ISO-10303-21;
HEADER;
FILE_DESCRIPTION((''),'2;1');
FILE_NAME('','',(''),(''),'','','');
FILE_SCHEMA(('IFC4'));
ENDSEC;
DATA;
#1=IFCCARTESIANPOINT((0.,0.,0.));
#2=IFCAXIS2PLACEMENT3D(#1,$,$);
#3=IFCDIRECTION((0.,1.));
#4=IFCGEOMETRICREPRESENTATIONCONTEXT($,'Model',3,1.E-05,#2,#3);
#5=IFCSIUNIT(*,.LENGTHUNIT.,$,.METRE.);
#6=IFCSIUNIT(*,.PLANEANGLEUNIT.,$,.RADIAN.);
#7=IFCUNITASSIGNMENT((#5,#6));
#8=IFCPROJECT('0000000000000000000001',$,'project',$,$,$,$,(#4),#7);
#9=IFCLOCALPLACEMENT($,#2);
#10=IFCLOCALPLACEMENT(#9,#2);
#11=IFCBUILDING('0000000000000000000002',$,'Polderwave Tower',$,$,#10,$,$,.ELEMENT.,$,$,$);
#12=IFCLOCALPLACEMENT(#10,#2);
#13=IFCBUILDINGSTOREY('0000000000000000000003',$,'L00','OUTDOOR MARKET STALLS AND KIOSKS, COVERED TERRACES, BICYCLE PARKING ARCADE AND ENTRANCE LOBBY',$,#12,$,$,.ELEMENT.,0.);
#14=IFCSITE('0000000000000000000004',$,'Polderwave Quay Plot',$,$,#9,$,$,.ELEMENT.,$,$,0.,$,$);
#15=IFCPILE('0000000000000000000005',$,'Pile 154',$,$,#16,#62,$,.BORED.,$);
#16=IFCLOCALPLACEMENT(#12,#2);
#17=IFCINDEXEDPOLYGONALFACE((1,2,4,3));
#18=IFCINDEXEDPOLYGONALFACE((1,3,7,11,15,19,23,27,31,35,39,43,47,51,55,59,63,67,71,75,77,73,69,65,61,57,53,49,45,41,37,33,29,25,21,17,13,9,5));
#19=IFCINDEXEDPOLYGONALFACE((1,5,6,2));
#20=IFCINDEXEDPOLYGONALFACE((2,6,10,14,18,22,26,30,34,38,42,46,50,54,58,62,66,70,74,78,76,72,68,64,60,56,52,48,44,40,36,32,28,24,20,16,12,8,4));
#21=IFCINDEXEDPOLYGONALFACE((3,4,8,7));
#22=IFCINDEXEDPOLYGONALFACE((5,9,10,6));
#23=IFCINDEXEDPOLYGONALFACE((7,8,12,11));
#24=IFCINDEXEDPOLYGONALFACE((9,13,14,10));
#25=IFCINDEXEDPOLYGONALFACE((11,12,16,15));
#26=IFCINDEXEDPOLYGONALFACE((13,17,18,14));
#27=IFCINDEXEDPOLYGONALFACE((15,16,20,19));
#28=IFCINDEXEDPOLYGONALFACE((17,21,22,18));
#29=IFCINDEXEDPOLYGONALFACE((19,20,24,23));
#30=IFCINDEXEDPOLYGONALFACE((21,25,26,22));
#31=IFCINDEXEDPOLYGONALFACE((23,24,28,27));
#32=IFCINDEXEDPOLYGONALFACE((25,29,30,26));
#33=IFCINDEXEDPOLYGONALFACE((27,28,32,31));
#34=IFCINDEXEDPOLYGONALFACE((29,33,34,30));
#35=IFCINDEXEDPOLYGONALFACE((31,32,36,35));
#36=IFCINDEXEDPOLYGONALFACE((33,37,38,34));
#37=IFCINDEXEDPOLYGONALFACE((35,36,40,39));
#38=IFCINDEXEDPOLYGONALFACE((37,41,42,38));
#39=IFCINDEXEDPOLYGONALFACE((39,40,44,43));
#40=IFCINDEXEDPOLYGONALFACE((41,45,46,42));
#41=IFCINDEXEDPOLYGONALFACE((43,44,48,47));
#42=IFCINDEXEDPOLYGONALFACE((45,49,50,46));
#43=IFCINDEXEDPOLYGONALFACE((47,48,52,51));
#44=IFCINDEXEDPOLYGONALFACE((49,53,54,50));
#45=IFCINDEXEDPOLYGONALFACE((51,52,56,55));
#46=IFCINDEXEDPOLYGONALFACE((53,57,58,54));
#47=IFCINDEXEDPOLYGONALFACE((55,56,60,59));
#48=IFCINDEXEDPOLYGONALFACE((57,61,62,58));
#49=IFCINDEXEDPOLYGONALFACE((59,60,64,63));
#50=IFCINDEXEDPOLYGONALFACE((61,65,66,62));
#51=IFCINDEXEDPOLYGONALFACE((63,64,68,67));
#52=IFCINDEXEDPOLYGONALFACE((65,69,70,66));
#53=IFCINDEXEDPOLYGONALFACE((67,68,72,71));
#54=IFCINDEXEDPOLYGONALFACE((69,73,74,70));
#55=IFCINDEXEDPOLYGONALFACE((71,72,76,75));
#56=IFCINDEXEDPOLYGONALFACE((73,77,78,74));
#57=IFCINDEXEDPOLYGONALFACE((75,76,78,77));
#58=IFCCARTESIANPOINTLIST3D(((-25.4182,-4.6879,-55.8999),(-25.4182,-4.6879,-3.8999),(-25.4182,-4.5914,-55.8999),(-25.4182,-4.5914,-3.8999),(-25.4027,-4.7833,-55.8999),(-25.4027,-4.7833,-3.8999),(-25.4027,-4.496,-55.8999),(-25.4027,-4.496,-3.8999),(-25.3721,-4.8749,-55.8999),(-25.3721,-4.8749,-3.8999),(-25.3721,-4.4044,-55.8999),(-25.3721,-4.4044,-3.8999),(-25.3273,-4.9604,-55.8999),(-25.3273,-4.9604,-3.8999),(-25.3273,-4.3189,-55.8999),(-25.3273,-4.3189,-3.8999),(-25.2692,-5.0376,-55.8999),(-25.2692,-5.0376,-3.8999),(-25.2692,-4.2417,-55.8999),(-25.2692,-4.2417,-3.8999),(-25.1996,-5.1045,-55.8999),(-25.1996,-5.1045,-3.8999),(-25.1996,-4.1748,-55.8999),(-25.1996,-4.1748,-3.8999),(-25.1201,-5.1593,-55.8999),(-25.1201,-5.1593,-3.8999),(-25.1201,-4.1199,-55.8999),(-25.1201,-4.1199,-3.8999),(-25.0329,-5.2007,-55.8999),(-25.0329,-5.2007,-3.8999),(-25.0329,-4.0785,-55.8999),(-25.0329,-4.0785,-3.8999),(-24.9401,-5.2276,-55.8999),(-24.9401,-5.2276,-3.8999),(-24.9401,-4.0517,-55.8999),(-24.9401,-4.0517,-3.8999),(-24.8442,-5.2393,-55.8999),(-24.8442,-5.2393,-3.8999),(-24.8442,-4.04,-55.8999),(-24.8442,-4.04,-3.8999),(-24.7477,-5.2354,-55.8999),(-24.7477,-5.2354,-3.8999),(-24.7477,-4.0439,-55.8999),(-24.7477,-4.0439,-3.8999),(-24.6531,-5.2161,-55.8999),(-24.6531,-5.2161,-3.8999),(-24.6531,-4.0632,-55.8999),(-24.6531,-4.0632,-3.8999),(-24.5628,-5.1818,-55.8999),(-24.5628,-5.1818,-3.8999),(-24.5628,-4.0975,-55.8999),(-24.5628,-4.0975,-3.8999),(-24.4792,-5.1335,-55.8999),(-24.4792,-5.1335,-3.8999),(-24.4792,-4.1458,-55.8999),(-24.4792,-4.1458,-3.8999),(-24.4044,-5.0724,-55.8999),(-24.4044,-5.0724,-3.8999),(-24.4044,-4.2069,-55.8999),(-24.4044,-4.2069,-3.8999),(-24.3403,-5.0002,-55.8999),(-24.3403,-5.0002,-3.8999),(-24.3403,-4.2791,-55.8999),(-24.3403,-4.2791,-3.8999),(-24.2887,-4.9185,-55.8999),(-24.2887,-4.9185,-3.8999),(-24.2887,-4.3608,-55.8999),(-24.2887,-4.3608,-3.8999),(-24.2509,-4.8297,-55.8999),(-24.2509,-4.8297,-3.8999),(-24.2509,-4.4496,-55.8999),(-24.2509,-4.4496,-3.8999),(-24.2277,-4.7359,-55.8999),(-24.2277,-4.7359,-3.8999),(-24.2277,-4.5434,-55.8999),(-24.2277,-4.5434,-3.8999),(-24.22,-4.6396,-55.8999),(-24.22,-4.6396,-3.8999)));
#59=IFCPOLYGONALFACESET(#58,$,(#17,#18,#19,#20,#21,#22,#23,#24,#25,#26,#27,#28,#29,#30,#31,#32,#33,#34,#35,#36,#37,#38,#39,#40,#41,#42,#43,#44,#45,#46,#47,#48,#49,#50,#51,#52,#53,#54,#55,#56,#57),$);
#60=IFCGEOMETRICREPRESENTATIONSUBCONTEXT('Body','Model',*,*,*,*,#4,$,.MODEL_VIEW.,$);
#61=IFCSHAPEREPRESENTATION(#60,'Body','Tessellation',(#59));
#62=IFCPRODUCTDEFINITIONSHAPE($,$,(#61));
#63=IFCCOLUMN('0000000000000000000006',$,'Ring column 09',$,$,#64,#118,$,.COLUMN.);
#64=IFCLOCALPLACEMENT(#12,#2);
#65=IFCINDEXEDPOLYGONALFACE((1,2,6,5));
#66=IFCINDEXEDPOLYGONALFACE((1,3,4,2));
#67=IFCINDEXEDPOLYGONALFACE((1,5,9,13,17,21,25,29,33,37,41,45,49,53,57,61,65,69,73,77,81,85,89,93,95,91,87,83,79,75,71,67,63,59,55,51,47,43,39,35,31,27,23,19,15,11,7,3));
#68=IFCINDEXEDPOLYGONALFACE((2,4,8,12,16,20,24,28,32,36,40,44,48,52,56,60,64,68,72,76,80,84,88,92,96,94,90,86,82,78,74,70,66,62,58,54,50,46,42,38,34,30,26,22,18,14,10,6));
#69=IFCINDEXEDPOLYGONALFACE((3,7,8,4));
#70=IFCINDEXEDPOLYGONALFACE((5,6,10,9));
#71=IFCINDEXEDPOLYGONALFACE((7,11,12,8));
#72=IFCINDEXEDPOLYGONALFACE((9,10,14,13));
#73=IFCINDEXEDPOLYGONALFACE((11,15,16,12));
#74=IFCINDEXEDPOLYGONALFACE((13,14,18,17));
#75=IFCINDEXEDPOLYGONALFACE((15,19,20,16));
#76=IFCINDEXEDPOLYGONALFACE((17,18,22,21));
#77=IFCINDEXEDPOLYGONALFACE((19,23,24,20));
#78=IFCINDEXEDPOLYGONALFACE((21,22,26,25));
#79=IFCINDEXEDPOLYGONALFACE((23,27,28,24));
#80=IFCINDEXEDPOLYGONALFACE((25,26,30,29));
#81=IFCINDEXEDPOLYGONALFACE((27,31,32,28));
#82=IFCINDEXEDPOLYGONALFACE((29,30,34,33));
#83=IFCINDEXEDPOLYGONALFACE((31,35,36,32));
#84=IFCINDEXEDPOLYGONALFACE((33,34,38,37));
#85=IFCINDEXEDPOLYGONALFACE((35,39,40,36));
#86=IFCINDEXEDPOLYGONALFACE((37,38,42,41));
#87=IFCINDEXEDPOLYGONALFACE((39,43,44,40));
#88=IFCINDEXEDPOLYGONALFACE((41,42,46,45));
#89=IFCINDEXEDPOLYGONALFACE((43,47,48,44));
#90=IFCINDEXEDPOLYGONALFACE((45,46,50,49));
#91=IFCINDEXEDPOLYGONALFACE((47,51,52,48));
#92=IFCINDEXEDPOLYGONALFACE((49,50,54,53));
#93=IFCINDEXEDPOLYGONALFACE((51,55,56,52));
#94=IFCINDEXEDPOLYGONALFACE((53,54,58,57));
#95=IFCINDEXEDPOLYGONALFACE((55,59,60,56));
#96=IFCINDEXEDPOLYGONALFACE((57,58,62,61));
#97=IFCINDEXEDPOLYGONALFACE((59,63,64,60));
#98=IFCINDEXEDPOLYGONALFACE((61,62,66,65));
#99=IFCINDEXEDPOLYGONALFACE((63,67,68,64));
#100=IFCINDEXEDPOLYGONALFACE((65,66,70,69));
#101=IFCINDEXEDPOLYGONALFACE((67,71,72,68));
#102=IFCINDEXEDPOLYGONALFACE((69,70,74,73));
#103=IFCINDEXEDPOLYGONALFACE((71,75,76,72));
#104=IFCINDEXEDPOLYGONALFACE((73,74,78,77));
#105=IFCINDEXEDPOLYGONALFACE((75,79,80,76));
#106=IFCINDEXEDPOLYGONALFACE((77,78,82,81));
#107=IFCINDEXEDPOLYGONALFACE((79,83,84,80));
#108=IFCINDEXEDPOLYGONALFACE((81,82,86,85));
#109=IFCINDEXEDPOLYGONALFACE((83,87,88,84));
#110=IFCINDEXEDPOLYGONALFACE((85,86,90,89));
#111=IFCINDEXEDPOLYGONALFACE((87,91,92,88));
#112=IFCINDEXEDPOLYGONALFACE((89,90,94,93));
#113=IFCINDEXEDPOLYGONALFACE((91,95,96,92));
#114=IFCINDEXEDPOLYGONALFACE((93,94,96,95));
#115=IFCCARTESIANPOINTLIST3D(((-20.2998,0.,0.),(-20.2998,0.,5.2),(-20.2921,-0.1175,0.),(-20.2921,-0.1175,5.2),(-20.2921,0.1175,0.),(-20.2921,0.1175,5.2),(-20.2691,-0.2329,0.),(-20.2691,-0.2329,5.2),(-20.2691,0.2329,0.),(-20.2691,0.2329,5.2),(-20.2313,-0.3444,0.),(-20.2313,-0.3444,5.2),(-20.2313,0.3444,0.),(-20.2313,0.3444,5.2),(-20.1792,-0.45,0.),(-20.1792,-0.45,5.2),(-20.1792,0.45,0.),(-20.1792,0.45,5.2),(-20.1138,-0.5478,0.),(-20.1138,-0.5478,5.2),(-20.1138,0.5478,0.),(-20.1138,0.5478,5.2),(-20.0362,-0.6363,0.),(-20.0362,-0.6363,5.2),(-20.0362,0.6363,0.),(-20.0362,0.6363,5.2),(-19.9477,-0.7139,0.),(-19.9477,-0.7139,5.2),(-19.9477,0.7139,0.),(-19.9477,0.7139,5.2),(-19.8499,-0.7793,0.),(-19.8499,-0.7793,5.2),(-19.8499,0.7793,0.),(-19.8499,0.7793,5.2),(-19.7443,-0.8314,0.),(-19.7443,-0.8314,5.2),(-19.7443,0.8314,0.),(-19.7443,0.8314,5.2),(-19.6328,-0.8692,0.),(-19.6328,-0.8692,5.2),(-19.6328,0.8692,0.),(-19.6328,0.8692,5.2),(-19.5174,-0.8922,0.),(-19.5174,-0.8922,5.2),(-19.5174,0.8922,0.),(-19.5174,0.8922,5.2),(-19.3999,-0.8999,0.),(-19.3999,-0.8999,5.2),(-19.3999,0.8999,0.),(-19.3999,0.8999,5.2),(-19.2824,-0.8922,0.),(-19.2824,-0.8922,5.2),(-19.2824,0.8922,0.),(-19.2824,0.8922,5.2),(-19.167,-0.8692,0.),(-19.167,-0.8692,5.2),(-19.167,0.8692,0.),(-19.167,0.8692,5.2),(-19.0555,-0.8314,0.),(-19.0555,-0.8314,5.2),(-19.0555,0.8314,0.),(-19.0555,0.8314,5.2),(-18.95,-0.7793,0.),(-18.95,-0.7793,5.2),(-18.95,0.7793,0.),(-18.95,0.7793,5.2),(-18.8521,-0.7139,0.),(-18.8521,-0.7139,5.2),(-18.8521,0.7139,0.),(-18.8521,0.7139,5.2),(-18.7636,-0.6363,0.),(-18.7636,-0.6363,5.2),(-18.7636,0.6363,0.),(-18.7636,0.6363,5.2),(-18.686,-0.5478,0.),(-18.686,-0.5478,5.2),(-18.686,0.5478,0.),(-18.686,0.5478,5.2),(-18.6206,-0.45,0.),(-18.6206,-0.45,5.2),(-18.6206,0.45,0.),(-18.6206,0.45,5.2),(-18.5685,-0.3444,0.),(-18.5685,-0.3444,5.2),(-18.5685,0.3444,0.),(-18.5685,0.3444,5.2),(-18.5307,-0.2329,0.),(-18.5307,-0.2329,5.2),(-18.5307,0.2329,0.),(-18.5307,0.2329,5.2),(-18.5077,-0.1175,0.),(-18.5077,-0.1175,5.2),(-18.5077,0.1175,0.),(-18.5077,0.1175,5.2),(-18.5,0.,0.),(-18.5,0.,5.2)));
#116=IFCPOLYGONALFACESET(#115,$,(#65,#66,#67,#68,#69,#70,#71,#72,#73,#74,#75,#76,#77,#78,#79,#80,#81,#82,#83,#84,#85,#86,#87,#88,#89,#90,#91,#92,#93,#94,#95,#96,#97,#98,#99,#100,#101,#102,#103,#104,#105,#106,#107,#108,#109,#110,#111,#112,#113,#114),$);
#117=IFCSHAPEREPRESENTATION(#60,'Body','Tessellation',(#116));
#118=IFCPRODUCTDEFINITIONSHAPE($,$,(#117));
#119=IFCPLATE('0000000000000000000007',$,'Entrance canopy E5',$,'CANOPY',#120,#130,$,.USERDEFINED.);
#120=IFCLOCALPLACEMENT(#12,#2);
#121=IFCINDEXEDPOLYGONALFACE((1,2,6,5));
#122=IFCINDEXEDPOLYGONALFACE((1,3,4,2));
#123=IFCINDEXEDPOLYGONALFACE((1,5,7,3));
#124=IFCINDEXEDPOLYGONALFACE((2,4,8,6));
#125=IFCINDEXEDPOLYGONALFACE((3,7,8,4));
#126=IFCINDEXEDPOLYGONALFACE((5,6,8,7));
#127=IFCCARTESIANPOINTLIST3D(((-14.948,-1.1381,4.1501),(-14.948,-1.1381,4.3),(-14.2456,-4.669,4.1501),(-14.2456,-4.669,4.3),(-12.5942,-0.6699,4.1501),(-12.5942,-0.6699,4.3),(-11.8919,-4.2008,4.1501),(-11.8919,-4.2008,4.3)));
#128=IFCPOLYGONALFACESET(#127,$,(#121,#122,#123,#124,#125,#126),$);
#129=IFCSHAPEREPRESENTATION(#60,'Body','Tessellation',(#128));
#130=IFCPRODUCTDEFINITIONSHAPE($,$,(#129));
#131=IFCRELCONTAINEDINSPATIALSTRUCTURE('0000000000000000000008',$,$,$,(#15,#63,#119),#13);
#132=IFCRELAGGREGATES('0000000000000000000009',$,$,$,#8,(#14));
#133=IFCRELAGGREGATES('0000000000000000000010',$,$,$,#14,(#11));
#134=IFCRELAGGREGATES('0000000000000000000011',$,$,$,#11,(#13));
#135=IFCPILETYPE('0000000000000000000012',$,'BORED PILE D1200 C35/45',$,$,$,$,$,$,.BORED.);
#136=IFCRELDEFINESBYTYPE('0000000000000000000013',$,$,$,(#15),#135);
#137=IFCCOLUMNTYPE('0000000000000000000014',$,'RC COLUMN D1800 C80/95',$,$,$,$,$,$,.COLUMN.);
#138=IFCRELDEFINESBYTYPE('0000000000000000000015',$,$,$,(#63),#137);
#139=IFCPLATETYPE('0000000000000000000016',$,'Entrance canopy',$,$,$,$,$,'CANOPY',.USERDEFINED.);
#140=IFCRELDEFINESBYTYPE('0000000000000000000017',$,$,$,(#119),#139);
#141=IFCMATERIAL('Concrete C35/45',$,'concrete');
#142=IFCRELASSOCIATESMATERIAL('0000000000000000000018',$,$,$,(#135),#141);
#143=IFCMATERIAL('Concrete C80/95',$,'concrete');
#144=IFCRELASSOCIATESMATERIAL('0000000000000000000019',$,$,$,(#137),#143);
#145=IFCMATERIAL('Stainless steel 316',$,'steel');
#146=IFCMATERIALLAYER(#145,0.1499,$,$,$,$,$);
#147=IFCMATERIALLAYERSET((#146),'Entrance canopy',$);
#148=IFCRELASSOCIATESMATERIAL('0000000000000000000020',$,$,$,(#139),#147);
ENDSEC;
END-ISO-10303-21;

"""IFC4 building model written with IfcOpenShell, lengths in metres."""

from ifc_helpers import new_model, si_unit, direction, frame, origin, origin_2d, place, context, subcontext, project, spatial, rectangle, circle, extrude, material, layer, layer_set, material_profile, profile_set, type_object, element, save


model = new_model("IFC4")

# Units and contexts
model_context = context("Model", 3, precision=1e-05, world=origin(), true_north=direction((0.0, 1.0)))
body_context = subcontext(model_context, "Body", "Model", "MODEL_VIEW")
ifc_project = project(units=[si_unit("LENGTHUNIT", "METRE"), si_unit("PLANEANGLEUNIT", "RADIAN")], contexts=[model_context])

# Site, building, storey
site_placement = place(None, origin())
site = spatial("IfcSite", under=ifc_project, at=site_placement, Name="Polderwave Quay Plot", CompositionType="ELEMENT", RefElevation=0.0)
building_placement = place(site_placement, origin())
building = spatial("IfcBuilding", under=site, at=building_placement, Name="Polderwave Tower", CompositionType="ELEMENT")
storey_placement = place(building_placement, origin())
storey = spatial("IfcBuildingStorey", under=building, at=storey_placement, Name="L00", Description="OUTDOOR MARKET STALLS AND KIOSKS, COVERED TERRACES, BICYCLE PARKING ARCADE AND ENTRANCE LOBBY", CompositionType="ELEMENT", Elevation=0.0)

# Pile
ifc_material_1 = material(Name="Concrete C35/45", Category="concrete")
ifc_material_profile_1 = material_profile(ifc_material_1, circle(Radius=0.6001, at=origin_2d()), Name="BORED D1200")
ifc_profile_set_1 = profile_set([ifc_material_profile_1], Name="Concrete C35/45")
pile_type = type_object("IfcPileType", Name="BORED PILE D1200 C35/45", PredefinedType="BORED", material=ifc_profile_set_1)
for number, where, z_axis, x_axis, name in (
    (1, (-24.8201, -4.6396, -3.8999), (0.0, 0.0, -1.0), (1.0, 0.0, 0.0), "Pile 154"),
):
    element("IfcPile", number, at=place(storey_placement, frame(where, z_axis=z_axis, x_axis=x_axis)), inside=storey, type_object=pile_type, Name=name, PredefinedType="BORED", context=body_context, shape_type="SweptSolid", body=[
        extrude(circle(Radius=0.6001, at=origin_2d()), origin(), (0.0, 0.0, 1.0), 52.0),
    ])

# Column
ifc_material_2 = material(Name="Concrete C80/95", Category="concrete")
ifc_material_profile_2 = material_profile(ifc_material_2, circle(Radius=0.8999, at=origin_2d()), Name="RC D1800")
ifc_profile_set_2 = profile_set([ifc_material_profile_2], Name="Concrete C80/95")
column_type = type_object("IfcColumnType", Name="RC COLUMN D1800 C80/95", PredefinedType="COLUMN", material=ifc_profile_set_2)
column_placement = place(storey_placement, frame((-19.3999, 0.0, 0.0), z_axis=(0.0, 0.0, 1.0), x_axis=(-1.0, 0.0, 0.0)))
element("IfcColumn", 2, at=column_placement, inside=storey, type_object=column_type, Name="Ring column 09", PredefinedType="COLUMN", context=body_context, shape_type="SweptSolid", body=[
    extrude(circle(Radius=0.8999, at=origin_2d()), origin(), (0.0, 0.0, 1.0), 5.2),
])

# Plate
ifc_material_3 = material(Name="Stainless steel 316", Category="steel")
ifc_layer = layer(ifc_material_3, 0.1499)
ifc_layer_set = layer_set([ifc_layer], Name="Entrance canopy")
plate_type = type_object("IfcPlateType", Name="Entrance canopy", ElementType="CANOPY", PredefinedType="USERDEFINED", material=ifc_layer_set)
plate_placement = place(storey_placement, frame((-13.4199, -2.6694, 4.1501), z_axis=(0.0, 0.0, 1.0), x_axis=(0.19509, -0.980785, 0.0)))
element("IfcPlate", 3, at=plate_placement, inside=storey, type_object=plate_type, Name="Entrance canopy E5", ObjectType="CANOPY", PredefinedType="USERDEFINED", context=body_context, shape_type="SweptSolid", body=[
    extrude(rectangle(XDim=3.6001, YDim=2.3999, at=origin_2d()), origin(), (0.0, 0.0, 1.0), 0.1499),
])

save(model, "model.ifc")
